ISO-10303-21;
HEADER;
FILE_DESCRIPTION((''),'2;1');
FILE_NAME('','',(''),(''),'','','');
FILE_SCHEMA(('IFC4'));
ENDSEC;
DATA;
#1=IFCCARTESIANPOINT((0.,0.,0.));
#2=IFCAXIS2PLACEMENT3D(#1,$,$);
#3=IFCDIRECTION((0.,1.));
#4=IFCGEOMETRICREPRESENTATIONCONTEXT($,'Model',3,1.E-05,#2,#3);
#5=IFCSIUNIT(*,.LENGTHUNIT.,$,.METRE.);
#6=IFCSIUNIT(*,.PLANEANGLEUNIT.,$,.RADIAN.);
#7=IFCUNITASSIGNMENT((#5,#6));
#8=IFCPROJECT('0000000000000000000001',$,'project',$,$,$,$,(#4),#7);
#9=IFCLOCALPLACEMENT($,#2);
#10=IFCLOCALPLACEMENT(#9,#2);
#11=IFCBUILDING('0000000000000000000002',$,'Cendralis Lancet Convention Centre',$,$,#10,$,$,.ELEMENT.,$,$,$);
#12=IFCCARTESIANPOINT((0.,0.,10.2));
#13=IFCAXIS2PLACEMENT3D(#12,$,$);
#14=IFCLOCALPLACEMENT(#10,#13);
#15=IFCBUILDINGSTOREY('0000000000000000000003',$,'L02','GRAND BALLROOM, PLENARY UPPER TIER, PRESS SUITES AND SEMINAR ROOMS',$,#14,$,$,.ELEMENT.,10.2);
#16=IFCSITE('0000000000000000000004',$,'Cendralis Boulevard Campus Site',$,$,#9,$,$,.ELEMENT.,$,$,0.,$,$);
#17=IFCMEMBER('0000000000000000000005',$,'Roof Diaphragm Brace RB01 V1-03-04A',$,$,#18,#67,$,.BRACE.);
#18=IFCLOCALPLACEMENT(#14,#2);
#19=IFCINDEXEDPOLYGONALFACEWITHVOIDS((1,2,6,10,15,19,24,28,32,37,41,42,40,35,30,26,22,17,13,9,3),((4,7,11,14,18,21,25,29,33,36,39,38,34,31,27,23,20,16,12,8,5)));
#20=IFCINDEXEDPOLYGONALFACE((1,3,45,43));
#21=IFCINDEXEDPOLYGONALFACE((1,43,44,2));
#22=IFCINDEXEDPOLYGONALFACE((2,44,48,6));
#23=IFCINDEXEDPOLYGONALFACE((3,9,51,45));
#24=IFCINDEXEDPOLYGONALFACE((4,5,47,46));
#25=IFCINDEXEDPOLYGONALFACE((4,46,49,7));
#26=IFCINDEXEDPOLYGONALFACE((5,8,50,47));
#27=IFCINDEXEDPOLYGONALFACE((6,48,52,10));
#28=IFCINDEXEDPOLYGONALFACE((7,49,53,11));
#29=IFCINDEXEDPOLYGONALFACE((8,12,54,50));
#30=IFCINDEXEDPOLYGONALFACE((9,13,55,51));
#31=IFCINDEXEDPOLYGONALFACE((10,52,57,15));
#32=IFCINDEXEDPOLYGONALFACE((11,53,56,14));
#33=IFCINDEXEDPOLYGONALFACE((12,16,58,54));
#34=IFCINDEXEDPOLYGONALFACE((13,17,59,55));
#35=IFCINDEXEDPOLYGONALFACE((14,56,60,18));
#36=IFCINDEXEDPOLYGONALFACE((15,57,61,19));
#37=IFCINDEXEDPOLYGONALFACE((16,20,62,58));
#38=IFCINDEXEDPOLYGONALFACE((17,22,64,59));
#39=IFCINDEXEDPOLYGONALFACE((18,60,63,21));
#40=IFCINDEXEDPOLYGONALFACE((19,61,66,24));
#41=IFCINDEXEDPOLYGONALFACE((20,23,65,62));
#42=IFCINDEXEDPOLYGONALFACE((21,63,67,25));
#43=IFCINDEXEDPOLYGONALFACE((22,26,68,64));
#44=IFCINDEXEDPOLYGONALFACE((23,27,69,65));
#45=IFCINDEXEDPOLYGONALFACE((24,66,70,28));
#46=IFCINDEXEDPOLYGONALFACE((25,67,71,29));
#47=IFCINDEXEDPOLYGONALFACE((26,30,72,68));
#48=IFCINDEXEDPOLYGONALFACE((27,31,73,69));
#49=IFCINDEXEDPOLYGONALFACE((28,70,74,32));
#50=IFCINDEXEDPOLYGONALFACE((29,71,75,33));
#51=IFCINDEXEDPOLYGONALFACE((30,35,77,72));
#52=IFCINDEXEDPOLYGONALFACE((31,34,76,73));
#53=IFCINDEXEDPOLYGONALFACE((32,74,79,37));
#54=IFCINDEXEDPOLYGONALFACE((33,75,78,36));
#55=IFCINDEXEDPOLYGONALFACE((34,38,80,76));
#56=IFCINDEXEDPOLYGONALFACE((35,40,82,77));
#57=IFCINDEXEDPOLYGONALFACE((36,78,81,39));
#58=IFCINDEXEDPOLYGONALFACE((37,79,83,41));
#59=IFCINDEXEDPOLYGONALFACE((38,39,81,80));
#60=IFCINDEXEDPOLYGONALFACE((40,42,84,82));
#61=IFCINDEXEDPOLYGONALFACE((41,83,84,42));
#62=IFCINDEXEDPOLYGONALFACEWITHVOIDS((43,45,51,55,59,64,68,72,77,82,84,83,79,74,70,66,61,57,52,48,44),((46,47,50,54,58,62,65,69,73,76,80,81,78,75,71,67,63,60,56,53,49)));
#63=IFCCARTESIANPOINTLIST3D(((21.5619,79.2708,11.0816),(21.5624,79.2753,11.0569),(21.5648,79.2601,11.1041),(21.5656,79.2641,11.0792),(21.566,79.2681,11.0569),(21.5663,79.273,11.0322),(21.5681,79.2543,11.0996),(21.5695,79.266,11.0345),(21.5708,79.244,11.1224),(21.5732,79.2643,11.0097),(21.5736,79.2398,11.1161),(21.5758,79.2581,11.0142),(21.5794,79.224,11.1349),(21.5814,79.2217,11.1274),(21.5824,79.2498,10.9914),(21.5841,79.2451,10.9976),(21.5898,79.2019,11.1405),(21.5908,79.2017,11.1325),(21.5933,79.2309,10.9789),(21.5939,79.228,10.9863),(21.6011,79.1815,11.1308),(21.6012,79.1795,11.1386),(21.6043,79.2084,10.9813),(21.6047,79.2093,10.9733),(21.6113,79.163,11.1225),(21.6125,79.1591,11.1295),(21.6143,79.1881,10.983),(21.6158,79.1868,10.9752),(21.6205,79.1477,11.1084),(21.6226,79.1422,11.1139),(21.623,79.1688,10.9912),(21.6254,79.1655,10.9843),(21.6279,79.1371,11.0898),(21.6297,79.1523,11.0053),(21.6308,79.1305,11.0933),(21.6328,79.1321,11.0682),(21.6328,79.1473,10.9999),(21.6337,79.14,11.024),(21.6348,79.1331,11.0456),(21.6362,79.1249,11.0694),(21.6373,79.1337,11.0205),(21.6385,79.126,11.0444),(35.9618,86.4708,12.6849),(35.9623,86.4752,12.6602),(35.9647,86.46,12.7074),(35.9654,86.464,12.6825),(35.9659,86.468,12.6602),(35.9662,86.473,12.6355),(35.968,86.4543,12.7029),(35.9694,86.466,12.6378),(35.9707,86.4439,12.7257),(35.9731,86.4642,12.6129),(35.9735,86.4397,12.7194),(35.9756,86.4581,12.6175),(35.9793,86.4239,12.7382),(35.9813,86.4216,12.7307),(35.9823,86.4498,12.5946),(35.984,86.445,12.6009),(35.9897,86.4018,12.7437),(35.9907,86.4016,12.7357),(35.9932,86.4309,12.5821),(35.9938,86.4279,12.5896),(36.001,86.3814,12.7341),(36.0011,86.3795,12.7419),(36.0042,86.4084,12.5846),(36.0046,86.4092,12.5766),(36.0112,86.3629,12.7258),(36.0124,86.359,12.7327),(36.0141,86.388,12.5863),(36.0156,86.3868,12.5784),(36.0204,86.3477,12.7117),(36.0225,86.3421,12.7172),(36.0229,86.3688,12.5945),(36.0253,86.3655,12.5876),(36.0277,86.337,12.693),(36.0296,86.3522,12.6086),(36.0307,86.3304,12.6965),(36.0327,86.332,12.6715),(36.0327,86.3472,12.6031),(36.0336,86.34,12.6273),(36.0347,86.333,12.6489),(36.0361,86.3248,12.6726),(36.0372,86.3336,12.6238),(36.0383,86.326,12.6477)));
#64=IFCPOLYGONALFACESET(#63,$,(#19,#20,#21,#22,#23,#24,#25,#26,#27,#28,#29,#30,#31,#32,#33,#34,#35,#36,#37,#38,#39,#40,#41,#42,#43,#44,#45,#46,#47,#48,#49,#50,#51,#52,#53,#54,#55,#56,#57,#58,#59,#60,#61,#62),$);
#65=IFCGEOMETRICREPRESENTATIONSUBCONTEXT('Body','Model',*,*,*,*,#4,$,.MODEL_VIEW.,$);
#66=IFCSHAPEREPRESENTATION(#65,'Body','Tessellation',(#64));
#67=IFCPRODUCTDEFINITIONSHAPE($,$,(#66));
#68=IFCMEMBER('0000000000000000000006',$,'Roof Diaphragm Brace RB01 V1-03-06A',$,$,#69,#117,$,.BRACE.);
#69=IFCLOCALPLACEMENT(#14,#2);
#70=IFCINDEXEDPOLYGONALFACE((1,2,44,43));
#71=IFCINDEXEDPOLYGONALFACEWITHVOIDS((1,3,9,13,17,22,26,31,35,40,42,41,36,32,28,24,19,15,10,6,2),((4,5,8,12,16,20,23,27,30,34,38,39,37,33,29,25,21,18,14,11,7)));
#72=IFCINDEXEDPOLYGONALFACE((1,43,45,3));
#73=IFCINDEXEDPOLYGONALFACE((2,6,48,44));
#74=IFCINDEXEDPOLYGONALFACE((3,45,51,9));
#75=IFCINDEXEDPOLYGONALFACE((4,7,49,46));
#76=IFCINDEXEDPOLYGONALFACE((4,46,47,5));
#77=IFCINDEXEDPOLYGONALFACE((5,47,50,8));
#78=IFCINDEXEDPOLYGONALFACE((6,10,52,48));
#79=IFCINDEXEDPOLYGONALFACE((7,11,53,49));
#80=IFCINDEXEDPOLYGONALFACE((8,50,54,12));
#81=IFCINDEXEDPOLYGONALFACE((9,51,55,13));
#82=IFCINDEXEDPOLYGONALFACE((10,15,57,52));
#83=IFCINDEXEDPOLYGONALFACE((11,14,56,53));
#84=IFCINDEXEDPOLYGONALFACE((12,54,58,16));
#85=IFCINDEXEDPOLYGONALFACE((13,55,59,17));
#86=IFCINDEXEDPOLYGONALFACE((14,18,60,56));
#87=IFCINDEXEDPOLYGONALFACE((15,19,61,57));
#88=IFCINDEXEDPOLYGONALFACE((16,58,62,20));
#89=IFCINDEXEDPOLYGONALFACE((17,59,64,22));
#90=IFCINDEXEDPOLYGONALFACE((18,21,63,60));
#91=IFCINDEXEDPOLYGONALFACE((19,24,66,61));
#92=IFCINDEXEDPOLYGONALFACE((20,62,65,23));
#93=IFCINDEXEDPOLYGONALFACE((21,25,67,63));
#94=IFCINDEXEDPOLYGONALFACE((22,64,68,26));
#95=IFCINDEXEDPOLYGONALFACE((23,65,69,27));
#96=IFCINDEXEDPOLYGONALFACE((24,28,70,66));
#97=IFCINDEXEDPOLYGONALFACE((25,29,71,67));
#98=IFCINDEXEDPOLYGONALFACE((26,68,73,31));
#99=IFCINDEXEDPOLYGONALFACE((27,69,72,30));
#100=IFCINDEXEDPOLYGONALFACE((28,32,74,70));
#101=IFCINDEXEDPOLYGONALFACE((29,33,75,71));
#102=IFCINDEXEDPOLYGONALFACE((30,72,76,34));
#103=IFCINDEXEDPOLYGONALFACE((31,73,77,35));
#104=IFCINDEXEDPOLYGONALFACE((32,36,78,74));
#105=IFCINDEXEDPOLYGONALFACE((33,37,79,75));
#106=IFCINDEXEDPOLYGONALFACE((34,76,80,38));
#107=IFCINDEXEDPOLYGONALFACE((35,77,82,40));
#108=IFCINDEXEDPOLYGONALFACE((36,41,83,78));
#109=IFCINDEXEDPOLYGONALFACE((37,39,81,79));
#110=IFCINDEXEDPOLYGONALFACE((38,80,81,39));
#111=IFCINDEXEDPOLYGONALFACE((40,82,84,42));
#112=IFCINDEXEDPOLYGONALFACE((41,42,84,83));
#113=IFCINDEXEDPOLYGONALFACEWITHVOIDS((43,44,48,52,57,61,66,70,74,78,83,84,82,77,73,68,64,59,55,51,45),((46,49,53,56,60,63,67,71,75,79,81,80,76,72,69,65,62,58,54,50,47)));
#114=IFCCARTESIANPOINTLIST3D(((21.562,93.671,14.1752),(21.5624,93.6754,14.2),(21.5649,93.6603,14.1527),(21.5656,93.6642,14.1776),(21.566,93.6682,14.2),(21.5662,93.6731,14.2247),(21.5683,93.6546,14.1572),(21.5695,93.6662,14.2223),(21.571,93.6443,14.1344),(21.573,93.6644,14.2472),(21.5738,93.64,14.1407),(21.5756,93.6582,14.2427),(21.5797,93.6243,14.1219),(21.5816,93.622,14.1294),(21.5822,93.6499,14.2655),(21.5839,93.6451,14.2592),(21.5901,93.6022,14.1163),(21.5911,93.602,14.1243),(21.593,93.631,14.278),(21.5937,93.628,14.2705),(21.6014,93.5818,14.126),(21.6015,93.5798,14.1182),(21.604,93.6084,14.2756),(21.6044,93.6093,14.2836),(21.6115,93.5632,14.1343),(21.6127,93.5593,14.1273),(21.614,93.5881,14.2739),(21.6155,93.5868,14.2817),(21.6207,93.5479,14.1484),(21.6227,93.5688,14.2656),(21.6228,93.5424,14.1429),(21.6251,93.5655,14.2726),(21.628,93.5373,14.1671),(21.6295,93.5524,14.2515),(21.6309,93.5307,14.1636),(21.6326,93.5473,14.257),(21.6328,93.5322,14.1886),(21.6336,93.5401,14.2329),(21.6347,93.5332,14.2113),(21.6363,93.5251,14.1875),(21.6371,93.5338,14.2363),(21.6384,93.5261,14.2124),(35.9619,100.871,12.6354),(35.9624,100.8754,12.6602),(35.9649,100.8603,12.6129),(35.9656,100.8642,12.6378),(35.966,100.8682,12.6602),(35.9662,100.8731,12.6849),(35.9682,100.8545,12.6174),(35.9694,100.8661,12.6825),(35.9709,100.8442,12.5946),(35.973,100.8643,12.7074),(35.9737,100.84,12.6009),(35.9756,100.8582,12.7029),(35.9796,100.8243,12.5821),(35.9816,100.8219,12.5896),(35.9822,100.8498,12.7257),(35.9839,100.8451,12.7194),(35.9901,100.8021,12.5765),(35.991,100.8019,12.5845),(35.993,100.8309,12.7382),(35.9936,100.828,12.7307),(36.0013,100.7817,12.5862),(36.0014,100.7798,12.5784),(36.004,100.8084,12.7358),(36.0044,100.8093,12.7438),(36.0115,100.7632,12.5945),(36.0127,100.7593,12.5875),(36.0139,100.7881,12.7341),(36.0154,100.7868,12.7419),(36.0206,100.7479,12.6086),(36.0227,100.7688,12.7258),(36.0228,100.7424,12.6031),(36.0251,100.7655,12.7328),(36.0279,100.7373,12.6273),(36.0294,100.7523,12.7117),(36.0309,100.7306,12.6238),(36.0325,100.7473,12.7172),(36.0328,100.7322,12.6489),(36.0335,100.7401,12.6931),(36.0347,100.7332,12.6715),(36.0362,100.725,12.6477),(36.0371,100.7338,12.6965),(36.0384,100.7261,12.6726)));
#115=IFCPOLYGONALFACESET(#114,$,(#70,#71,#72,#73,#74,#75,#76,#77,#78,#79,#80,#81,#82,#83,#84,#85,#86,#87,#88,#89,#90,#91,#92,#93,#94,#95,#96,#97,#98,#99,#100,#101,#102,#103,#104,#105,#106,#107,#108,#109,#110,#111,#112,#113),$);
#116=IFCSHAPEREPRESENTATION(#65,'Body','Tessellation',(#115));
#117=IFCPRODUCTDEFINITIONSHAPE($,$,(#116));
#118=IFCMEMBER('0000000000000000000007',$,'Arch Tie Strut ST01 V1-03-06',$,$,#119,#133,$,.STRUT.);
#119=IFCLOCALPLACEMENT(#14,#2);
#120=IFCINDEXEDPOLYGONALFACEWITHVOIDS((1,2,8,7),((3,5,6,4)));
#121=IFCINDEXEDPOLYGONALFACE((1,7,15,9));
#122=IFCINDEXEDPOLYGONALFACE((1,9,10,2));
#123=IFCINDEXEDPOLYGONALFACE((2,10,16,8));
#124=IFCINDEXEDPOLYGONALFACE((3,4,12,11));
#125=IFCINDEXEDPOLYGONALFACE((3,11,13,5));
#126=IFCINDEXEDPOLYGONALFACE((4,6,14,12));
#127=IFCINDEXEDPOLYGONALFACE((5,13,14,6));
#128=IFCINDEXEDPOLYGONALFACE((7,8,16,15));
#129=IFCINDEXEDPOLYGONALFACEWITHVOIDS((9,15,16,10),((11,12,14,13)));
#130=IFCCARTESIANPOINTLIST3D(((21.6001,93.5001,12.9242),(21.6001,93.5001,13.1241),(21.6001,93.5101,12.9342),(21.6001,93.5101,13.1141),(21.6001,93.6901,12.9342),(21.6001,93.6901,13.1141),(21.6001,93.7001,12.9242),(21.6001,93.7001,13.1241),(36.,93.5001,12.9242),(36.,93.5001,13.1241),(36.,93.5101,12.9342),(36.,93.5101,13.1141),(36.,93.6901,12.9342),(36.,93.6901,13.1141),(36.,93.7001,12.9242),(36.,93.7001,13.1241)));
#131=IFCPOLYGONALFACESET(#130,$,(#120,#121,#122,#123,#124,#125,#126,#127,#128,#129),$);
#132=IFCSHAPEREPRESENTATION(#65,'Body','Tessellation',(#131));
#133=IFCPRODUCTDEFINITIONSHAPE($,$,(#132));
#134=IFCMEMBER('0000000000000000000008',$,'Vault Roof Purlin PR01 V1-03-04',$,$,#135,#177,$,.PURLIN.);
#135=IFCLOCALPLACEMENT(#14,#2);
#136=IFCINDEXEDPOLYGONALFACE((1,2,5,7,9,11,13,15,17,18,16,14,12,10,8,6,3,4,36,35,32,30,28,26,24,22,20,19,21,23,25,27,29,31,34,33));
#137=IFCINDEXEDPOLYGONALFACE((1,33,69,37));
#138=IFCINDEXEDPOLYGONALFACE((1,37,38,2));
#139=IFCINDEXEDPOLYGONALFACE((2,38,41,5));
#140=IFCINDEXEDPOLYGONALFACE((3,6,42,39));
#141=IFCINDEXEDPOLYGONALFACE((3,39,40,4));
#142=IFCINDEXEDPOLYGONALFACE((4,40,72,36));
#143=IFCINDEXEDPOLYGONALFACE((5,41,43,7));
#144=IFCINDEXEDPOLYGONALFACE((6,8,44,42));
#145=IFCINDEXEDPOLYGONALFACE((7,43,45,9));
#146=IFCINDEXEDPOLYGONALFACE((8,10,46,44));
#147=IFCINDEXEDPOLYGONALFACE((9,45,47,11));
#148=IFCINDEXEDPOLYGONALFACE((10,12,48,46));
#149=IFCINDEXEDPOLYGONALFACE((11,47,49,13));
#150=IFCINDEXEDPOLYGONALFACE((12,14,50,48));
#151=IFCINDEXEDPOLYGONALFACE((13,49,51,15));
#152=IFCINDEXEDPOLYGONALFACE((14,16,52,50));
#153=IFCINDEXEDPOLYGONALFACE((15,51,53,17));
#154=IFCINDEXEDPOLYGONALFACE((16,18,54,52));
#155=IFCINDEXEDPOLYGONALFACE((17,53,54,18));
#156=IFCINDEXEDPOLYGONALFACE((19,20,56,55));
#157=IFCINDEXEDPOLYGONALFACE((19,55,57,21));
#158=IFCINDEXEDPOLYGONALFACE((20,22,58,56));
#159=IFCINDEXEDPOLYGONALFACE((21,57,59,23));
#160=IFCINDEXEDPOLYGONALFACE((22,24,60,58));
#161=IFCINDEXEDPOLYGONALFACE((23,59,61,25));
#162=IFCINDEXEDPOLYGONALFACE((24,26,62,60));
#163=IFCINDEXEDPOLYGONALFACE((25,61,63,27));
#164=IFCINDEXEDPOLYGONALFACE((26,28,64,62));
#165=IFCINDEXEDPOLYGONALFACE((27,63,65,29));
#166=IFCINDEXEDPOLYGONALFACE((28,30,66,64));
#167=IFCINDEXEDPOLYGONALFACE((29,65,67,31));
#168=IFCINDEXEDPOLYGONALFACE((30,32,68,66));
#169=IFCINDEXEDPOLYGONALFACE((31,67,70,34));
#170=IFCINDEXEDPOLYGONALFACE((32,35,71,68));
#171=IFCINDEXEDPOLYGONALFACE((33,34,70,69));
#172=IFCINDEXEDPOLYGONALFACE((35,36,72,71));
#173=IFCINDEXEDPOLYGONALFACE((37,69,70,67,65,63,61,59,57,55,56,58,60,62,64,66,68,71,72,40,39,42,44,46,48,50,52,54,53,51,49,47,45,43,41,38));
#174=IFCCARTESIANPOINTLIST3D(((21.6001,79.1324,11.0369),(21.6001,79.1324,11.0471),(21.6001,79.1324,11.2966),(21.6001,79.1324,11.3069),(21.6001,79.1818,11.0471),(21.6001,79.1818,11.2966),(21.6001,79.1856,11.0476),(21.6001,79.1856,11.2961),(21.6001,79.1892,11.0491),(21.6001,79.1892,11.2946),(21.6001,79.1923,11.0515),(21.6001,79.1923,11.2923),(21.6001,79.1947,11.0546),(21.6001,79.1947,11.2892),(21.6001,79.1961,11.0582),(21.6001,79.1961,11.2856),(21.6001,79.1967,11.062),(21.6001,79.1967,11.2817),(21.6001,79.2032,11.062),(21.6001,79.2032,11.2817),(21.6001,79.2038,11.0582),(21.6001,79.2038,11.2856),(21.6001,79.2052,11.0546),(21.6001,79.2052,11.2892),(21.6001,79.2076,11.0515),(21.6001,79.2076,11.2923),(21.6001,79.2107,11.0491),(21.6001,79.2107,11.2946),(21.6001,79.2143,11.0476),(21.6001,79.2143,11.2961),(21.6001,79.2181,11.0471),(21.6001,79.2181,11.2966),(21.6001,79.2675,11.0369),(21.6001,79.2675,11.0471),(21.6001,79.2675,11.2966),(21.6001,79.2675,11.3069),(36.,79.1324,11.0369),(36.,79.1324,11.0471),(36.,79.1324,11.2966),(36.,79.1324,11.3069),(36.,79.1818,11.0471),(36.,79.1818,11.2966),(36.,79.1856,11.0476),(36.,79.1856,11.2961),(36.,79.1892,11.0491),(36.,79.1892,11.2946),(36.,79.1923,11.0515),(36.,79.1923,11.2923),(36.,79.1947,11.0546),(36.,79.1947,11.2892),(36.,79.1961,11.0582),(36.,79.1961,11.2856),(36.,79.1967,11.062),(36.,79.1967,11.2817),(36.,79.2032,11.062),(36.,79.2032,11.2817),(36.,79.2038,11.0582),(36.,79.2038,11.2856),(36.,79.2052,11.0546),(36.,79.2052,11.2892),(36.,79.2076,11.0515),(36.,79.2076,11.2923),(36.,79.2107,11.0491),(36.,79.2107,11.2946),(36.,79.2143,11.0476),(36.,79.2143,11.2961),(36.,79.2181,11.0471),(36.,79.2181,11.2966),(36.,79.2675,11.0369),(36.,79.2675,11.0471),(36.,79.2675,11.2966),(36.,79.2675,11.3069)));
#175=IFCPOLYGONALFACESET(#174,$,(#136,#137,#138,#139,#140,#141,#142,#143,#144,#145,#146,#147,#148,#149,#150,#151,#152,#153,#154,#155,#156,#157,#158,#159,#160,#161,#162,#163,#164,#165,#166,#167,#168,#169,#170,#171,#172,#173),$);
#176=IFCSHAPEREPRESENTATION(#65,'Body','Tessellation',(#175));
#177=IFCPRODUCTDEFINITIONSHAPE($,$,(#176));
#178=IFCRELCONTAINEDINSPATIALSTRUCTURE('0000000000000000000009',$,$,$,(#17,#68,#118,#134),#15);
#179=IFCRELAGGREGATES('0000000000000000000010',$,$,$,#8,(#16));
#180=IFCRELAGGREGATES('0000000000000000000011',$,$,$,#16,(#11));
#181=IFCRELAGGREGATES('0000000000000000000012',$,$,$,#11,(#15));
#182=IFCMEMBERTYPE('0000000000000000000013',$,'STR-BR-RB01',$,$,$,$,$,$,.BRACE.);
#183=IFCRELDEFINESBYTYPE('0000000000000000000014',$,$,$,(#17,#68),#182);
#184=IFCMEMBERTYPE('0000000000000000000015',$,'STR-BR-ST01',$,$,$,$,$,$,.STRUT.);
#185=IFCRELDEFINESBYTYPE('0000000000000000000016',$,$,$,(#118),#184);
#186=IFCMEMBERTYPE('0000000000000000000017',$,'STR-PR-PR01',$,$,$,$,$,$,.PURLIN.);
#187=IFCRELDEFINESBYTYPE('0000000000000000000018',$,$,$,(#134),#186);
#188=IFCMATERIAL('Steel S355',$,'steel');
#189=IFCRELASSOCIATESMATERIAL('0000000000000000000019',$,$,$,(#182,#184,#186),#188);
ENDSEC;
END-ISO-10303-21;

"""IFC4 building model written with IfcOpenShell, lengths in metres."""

from ifc_helpers import new_model, si_unit, direction, frame, origin, origin_2d, place, context, subcontext, project, spatial, hollow_rectangle, hollow_circle, i_section, extrude, material, material_profile, profile_set, type_object, element, save


model = new_model("IFC4")

# Units and contexts
model_context = context("Model", 3, precision=1e-05, world=origin(), true_north=direction((0.0, 1.0)))
body_context = subcontext(model_context, "Body", "Model", "MODEL_VIEW")
ifc_project = project(units=[si_unit("LENGTHUNIT", "METRE"), si_unit("PLANEANGLEUNIT", "RADIAN")], contexts=[model_context])

# Site, building, storey
site_placement = place(None, origin())
site = spatial("IfcSite", under=ifc_project, at=site_placement, Name="Cendralis Boulevard Campus Site", CompositionType="ELEMENT", RefElevation=0.0)
building_placement = place(site_placement, origin())
building = spatial("IfcBuilding", under=site, at=building_placement, Name="Cendralis Lancet Convention Centre", CompositionType="ELEMENT")
storey_placement = place(building_placement, frame((0.0, 0.0, 10.2)))
storey = spatial("IfcBuildingStorey", under=building, at=storey_placement, Name="L02", Description="GRAND BALLROOM, PLENARY UPPER TIER, PRESS SUITES AND SEMINAR ROOMS", CompositionType="ELEMENT", Elevation=10.2)

# Members
ifc_material = material(Name="Steel S355", Category="steel")
ifc_material_profile_1 = material_profile(ifc_material, hollow_circle(Radius=0.0842, WallThickness=0.0081, at=origin_2d()), Name="CHS 168.3x8.0")
ifc_profile_set_1 = profile_set([ifc_material_profile_1], Name="Steel S355")
member_type_1 = type_object("IfcMemberType", Name="STR-BR-RB01", PredefinedType="BRACE", material=ifc_profile_set_1)
member_1_placement = place(storey_placement, frame((21.6001, 79.2, 11.0569), z_axis=(0.890025, 0.445012, 0.099095), x_axis=(-0.447214, 0.894427, 0.0)))
element("IfcMember", 1, at=member_1_placement, inside=storey, type_object=member_type_1, Name="Roof Diaphragm Brace RB01 V1-03-04A", PredefinedType="BRACE", context=body_context, shape_type="SweptSolid", body=[
    extrude(hollow_circle(Radius=0.0842, WallThickness=0.0081, at=origin_2d()), origin(), (0.0, 0.0, 1.0), 16.1792),
])
member_2_placement = place(storey_placement, frame((21.6001, 93.6001, 14.2), z_axis=(0.890364, 0.445182, -0.095207), x_axis=(-0.447214, 0.894427, 0.0)))
element("IfcMember", 2, at=member_2_placement, inside=storey, type_object=member_type_1, Name="Roof Diaphragm Brace RB01 V1-03-06A", PredefinedType="BRACE", context=body_context, shape_type="SweptSolid", body=[
    extrude(hollow_circle(Radius=0.0842, WallThickness=0.0081, at=origin_2d()), origin(), (0.0, 0.0, 1.0), 16.1731),
])
ifc_material_profile_2 = material_profile(ifc_material, hollow_rectangle(XDim=0.2, YDim=0.2, WallThickness=0.01, at=origin_2d()), Name="SHS 200x200x10.0")
ifc_profile_set_2 = profile_set([ifc_material_profile_2], Name="Steel S355")
member_type_2 = type_object("IfcMemberType", Name="STR-BR-ST01", PredefinedType="STRUT", material=ifc_profile_set_2)
member_3_placement = place(storey_placement, frame((21.6001, 93.6001, 13.0242), z_axis=(1.0, 0.0, 0.0), x_axis=(0.0, 1.0, 0.0)))
element("IfcMember", 3, at=member_3_placement, inside=storey, type_object=member_type_2, Name="Arch Tie Strut ST01 V1-03-06", PredefinedType="STRUT", context=body_context, shape_type="SweptSolid", body=[
    extrude(hollow_rectangle(XDim=0.2, YDim=0.2, WallThickness=0.01, at=origin_2d()), origin(), (0.0, 0.0, 1.0), 14.3999),
])
ifc_material_profile_3 = material_profile(ifc_material, i_section(OverallWidth=0.135, OverallDepth=0.27, WebThickness=0.0066, FlangeThickness=0.0103, FilletRadius=0.0149, at=origin_2d()), Name="IPE 270")
ifc_profile_set_3 = profile_set([ifc_material_profile_3], Name="Steel S355")
member_type_3 = type_object("IfcMemberType", Name="STR-PR-PR01", PredefinedType="PURLIN", material=ifc_profile_set_3)
for number, where, z_axis, x_axis, name in (
    (4, (21.6001, 79.2, 11.1719), (1.0, 0.0, 0.0), (0.0, 1.0, 0.0), "Vault Roof Purlin PR01 V1-03-04"),
):
    element("IfcMember", number, at=place(storey_placement, frame(where, z_axis=z_axis, x_axis=x_axis)), inside=storey, type_object=member_type_3, Name=name, PredefinedType="PURLIN", context=body_context, shape_type="SweptSolid", body=[
        extrude(i_section(OverallWidth=0.135, OverallDepth=0.27, WebThickness=0.0066, FlangeThickness=0.0103, FilletRadius=0.0149, at=origin_2d()), origin(), (0.0, 0.0, 1.0), 14.3999),
    ])

save(model, "model.ifc")
